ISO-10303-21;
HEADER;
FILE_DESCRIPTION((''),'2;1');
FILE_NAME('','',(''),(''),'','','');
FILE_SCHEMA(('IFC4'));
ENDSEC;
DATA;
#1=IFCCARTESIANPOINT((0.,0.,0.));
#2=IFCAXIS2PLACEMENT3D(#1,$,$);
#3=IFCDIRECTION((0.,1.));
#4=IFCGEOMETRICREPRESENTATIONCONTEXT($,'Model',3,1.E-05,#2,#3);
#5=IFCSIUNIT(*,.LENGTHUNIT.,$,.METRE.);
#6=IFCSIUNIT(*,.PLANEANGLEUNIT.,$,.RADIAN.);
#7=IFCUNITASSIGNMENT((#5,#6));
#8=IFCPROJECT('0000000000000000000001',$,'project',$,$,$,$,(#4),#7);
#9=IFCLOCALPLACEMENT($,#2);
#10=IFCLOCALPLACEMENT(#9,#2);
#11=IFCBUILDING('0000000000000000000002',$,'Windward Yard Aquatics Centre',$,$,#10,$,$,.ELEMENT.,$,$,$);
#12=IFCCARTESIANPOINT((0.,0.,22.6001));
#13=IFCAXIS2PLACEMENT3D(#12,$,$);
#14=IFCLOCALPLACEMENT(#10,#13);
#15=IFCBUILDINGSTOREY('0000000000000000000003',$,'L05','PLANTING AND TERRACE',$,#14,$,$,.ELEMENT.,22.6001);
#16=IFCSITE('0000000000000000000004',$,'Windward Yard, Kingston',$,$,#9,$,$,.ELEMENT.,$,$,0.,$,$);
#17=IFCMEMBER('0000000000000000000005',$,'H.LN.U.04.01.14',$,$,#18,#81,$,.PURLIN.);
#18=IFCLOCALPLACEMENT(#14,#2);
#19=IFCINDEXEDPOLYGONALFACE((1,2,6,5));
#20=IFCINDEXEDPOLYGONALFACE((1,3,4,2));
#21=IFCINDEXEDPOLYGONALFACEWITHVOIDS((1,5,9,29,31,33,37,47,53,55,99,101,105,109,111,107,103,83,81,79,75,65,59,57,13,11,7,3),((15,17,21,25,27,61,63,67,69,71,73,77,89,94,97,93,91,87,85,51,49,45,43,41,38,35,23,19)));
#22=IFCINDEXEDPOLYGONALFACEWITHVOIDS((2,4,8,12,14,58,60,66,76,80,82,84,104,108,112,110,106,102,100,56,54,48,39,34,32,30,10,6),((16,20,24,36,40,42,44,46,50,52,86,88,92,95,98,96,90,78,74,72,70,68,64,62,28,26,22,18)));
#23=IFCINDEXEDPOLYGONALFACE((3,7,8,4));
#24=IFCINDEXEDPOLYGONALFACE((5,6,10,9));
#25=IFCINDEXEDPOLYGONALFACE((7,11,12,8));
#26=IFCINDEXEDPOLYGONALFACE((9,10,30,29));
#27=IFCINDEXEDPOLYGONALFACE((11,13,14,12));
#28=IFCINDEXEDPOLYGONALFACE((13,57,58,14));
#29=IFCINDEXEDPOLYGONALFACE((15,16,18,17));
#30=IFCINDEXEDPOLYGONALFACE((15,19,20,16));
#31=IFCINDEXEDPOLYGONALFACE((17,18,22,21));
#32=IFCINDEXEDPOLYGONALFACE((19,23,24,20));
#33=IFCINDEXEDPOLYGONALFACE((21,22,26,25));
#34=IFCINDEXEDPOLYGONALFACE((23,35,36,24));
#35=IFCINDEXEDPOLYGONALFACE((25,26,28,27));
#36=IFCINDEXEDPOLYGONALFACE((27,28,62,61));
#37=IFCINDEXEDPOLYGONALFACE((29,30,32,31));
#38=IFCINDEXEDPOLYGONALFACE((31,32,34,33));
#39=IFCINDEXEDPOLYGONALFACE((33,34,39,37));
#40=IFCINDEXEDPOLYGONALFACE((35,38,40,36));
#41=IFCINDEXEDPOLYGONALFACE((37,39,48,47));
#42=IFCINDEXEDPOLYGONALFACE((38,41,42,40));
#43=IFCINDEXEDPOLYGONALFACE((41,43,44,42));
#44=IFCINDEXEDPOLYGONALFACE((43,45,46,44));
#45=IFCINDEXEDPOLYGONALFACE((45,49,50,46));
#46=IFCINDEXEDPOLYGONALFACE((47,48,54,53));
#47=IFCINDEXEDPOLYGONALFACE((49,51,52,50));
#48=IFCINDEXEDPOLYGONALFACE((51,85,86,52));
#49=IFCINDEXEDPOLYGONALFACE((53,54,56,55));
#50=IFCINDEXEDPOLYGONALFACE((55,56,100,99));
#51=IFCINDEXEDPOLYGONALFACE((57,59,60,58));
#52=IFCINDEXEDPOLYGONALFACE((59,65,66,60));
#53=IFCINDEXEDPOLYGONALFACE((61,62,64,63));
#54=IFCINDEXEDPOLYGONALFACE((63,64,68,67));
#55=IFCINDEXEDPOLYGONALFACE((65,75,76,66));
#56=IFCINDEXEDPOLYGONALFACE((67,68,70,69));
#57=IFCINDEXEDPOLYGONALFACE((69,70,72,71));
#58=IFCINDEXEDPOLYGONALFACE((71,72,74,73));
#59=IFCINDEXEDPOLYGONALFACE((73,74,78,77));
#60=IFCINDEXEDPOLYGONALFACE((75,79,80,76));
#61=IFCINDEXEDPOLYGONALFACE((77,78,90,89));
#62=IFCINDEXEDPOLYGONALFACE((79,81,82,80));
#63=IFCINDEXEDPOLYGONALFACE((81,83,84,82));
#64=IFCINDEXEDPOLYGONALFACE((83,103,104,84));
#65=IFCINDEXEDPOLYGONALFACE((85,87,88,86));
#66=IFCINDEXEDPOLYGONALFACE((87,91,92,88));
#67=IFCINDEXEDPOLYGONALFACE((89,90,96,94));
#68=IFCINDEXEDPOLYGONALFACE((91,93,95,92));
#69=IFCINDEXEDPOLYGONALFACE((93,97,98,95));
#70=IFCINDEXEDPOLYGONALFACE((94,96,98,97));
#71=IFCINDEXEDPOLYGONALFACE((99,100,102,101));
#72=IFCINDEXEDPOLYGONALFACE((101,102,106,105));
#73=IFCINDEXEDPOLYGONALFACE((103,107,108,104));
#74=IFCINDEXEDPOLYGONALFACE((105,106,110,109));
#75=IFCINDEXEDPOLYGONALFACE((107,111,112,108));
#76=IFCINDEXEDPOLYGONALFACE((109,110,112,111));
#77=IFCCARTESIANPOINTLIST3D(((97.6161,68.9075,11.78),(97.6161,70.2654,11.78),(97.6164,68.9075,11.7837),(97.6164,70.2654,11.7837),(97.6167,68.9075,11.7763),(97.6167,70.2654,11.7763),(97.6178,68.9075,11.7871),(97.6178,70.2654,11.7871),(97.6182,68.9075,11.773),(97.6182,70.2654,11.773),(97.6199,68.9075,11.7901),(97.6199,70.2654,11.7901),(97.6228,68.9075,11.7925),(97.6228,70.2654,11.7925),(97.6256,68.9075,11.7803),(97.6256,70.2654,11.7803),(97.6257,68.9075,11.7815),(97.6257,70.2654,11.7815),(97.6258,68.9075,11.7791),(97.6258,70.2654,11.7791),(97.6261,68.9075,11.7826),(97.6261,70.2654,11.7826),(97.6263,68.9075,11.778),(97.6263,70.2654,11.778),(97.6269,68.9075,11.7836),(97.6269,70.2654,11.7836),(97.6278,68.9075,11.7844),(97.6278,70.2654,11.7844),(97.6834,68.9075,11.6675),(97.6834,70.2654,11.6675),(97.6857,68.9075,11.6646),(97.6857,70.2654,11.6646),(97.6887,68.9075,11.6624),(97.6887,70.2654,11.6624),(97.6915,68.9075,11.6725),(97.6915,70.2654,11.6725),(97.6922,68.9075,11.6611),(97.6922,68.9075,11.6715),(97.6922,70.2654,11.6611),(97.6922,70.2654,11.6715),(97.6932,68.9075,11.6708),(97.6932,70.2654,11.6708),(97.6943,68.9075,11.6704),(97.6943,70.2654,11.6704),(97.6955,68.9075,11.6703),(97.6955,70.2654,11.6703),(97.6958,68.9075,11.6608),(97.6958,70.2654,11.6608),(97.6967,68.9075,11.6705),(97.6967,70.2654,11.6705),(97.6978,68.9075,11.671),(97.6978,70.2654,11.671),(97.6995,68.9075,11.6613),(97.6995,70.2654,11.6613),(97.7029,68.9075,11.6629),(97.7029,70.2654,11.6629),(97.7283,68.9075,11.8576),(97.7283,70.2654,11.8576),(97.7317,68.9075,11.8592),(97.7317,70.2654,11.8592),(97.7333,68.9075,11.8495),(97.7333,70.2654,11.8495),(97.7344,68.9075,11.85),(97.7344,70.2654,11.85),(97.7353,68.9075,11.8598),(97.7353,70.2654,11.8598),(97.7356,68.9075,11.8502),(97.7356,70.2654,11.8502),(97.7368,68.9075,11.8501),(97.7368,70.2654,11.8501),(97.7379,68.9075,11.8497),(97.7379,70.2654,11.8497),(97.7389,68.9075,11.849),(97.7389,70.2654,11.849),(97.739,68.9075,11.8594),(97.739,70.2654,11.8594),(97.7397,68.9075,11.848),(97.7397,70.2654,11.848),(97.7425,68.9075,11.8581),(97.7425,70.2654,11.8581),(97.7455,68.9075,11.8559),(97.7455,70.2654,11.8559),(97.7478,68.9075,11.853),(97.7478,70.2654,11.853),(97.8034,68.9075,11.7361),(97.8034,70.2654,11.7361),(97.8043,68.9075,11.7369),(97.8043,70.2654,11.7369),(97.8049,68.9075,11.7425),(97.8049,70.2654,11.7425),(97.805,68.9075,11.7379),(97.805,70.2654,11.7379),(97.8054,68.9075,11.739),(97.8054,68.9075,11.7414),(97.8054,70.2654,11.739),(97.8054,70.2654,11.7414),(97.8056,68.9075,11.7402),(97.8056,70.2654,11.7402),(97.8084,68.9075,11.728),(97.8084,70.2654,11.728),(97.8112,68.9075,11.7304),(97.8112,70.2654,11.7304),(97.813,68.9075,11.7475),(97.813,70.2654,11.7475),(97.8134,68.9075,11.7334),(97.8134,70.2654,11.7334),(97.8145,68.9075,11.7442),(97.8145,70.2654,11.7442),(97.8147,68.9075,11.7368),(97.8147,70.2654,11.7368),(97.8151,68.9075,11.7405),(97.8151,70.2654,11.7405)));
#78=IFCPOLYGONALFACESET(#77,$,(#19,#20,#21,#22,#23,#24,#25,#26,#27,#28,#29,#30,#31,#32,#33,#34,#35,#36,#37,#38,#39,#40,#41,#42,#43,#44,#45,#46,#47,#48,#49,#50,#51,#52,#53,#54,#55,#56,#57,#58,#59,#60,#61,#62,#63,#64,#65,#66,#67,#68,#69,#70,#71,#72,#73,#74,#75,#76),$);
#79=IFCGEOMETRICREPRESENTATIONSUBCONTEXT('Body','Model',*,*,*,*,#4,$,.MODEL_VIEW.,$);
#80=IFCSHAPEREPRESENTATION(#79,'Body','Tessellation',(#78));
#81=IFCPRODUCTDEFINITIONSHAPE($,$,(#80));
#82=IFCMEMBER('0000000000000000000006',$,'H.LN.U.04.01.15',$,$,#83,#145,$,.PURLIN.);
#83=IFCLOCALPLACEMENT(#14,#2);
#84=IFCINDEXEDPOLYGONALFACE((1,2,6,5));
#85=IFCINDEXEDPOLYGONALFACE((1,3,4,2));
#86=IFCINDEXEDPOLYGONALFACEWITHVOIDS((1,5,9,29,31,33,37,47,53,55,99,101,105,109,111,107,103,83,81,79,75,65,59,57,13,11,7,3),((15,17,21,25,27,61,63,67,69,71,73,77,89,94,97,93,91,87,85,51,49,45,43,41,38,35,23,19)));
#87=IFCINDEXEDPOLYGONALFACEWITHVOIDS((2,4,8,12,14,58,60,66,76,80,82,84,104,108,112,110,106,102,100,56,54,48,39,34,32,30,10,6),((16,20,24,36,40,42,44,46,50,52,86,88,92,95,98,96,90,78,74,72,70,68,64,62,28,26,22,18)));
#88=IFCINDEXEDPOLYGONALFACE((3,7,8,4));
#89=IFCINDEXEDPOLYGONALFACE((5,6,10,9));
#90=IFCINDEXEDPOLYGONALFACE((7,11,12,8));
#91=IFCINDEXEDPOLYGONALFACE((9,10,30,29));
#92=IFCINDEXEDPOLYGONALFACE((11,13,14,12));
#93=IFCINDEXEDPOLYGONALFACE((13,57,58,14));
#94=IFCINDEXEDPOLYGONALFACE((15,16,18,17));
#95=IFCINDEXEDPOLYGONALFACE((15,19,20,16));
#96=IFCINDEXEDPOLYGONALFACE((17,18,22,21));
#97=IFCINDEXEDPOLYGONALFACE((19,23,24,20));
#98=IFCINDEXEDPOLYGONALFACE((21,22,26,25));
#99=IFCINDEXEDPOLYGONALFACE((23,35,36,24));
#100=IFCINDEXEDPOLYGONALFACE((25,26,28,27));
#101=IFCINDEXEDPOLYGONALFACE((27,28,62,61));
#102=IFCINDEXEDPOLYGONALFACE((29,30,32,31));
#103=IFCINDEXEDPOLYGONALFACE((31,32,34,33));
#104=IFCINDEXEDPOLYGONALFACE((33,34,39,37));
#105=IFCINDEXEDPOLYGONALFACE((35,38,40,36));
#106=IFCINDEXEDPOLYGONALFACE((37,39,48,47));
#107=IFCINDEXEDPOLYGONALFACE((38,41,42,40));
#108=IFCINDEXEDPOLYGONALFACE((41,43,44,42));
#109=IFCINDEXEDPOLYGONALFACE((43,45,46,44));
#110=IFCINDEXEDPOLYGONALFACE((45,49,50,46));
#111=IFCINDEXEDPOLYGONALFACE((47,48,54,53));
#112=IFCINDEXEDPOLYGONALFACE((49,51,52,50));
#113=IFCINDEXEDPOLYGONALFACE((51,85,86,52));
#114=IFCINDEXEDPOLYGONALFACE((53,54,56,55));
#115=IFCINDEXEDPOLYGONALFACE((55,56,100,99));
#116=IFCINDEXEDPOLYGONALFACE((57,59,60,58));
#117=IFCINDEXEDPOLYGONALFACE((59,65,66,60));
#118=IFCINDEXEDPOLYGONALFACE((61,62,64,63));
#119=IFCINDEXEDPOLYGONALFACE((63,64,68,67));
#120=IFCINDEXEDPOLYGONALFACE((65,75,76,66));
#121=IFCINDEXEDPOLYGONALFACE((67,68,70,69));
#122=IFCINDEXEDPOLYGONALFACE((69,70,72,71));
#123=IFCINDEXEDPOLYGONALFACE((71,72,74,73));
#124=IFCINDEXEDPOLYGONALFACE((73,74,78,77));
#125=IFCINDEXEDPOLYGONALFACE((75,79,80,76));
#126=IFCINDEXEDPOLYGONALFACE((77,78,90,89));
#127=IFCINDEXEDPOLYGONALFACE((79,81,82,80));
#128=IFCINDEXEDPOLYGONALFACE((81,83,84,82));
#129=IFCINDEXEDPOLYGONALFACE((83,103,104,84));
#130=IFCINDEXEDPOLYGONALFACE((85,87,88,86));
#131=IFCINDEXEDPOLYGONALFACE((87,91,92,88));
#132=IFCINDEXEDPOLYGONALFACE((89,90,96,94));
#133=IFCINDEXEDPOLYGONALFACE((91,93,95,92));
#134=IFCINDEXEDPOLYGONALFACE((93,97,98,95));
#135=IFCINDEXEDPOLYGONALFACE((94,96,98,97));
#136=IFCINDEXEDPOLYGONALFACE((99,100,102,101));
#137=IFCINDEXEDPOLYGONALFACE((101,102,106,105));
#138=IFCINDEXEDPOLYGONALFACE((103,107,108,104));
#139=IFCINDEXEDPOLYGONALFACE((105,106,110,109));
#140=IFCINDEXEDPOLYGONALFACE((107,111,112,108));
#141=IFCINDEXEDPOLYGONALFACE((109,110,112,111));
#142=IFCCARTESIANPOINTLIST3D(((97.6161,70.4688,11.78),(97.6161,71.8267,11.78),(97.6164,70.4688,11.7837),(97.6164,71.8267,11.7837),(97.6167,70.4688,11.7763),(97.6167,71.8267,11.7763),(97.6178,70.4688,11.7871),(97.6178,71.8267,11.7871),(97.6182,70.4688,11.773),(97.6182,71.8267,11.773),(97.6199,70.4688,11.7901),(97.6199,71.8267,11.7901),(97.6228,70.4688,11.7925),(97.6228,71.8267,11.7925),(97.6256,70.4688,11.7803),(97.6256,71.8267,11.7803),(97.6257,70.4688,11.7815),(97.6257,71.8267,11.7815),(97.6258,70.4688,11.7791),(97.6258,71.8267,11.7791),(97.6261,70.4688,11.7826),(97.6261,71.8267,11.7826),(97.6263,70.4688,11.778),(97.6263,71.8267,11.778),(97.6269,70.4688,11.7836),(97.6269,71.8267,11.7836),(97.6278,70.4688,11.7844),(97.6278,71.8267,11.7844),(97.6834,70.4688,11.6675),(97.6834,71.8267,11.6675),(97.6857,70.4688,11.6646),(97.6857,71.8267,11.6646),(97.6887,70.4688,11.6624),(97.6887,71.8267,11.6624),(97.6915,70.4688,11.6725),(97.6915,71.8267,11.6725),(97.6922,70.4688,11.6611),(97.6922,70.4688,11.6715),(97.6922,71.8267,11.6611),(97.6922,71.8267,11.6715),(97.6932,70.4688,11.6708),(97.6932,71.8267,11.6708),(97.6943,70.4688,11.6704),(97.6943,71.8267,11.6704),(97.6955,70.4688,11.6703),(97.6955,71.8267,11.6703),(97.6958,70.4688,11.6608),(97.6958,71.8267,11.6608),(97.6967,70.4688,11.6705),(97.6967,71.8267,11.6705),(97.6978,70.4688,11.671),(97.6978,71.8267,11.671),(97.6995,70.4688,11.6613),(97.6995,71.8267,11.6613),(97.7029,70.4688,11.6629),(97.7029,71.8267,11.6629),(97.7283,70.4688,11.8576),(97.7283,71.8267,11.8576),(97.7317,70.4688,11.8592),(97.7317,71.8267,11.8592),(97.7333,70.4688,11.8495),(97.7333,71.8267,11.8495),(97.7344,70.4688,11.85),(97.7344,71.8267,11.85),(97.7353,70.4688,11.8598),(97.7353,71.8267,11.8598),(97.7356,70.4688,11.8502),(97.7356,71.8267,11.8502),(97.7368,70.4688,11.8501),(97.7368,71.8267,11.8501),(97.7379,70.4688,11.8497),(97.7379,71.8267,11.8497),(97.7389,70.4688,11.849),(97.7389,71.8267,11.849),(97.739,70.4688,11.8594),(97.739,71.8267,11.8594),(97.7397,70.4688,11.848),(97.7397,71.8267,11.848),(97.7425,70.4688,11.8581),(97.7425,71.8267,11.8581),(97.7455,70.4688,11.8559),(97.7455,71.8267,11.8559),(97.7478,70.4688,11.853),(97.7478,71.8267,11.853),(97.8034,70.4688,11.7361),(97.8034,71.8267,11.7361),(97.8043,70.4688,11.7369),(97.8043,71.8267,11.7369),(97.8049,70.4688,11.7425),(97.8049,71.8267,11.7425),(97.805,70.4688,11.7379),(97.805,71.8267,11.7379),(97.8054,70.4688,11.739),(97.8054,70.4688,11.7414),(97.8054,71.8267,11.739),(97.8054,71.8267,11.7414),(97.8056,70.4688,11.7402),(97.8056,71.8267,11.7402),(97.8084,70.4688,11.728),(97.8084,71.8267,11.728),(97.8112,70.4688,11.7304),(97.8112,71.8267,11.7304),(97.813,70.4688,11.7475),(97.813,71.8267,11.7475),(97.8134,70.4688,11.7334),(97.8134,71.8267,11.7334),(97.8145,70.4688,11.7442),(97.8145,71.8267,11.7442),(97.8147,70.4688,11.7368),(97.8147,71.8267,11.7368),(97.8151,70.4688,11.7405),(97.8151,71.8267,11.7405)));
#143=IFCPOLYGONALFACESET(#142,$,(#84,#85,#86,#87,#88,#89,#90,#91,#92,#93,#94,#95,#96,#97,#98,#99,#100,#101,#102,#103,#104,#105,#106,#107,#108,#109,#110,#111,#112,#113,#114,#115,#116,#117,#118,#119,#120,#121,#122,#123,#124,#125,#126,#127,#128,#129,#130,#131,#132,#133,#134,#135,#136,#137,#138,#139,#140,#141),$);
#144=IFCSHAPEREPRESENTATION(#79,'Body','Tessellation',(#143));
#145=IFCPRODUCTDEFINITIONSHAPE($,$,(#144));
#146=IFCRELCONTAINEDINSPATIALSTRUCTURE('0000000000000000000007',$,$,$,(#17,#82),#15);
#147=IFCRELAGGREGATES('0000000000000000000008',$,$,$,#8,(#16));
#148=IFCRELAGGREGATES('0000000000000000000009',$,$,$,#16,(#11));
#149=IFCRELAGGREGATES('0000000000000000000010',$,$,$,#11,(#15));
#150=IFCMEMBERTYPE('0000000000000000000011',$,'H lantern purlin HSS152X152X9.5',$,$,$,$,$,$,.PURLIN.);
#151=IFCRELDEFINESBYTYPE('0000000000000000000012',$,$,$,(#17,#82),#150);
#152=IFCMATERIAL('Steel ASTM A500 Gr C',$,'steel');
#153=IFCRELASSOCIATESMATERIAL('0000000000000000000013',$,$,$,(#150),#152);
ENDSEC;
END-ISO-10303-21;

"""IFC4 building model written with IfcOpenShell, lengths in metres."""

from ifc_helpers import new_model, si_unit, direction, frame, origin, origin_2d, place, context, subcontext, project, spatial, hollow_rectangle, extrude, material, material_profile, profile_set, type_object, element, save


model = new_model("IFC4")

# Units and contexts
model_context = context("Model", 3, precision=1e-05, world=origin(), true_north=direction((0.0, 1.0)))
body_context = subcontext(model_context, "Body", "Model", "MODEL_VIEW")
ifc_project = project(units=[si_unit("LENGTHUNIT", "METRE"), si_unit("PLANEANGLEUNIT", "RADIAN")], contexts=[model_context])

# Site, building, storey
site_placement = place(None, origin())
site = spatial("IfcSite", under=ifc_project, at=site_placement, Name="Windward Yard, Kingston", CompositionType="ELEMENT", RefElevation=0.0)
building_placement = place(site_placement, origin())
building = spatial("IfcBuilding", under=site, at=building_placement, Name="Windward Yard Aquatics Centre", CompositionType="ELEMENT")
storey_placement = place(building_placement, frame((0.0, 0.0, 22.6001)))
storey = spatial("IfcBuildingStorey", under=building, at=storey_placement, Name="L05", Description="PLANTING AND TERRACE", CompositionType="ELEMENT", Elevation=22.6001)

# Members
ifc_material_1 = material(Name="Steel ASTM A500 Gr C", Category="steel")
ifc_material_profile_1 = material_profile(ifc_material_1, hollow_rectangle(XDim=0.1523, YDim=0.1523, WallThickness=0.0095, InnerFilletRadius=0.0046, OuterFilletRadius=0.0142, at=origin_2d()), Name="HSS152X152X9.5")
ifc_profile_set_1 = profile_set([ifc_material_profile_1], Name="Steel ASTM A500 Gr C")
member_type_1 = type_object("IfcMemberType", Name="H lantern purlin HSS152X152X9.5", PredefinedType="PURLIN", material=ifc_profile_set_1)
for number, where, z_axis, x_axis, name in (
    (1, (97.7156, 68.9075, 11.7603), (0.0, 1.0, 0.0), (-0.850755, 0.0, -0.525562), "H.LN.U.04.01.14"),
    (2, (97.7156, 70.4688, 11.7603), (0.0, 1.0, 0.0), (-0.850755, 0.0, -0.525562), "H.LN.U.04.01.15"),
):
    element("IfcMember", number, at=place(storey_placement, frame(where, z_axis=z_axis, x_axis=x_axis)), inside=storey, type_object=member_type_1, Name=name, PredefinedType="PURLIN", context=body_context, shape_type="SweptSolid", body=[
        extrude(hollow_rectangle(XDim=0.1523, YDim=0.1523, WallThickness=0.0095, InnerFilletRadius=0.0046, OuterFilletRadius=0.0142, at=origin_2d()), origin(), (0.0, 0.0, 1.0), 1.3579),
    ])

save(model, "model.ifc")
